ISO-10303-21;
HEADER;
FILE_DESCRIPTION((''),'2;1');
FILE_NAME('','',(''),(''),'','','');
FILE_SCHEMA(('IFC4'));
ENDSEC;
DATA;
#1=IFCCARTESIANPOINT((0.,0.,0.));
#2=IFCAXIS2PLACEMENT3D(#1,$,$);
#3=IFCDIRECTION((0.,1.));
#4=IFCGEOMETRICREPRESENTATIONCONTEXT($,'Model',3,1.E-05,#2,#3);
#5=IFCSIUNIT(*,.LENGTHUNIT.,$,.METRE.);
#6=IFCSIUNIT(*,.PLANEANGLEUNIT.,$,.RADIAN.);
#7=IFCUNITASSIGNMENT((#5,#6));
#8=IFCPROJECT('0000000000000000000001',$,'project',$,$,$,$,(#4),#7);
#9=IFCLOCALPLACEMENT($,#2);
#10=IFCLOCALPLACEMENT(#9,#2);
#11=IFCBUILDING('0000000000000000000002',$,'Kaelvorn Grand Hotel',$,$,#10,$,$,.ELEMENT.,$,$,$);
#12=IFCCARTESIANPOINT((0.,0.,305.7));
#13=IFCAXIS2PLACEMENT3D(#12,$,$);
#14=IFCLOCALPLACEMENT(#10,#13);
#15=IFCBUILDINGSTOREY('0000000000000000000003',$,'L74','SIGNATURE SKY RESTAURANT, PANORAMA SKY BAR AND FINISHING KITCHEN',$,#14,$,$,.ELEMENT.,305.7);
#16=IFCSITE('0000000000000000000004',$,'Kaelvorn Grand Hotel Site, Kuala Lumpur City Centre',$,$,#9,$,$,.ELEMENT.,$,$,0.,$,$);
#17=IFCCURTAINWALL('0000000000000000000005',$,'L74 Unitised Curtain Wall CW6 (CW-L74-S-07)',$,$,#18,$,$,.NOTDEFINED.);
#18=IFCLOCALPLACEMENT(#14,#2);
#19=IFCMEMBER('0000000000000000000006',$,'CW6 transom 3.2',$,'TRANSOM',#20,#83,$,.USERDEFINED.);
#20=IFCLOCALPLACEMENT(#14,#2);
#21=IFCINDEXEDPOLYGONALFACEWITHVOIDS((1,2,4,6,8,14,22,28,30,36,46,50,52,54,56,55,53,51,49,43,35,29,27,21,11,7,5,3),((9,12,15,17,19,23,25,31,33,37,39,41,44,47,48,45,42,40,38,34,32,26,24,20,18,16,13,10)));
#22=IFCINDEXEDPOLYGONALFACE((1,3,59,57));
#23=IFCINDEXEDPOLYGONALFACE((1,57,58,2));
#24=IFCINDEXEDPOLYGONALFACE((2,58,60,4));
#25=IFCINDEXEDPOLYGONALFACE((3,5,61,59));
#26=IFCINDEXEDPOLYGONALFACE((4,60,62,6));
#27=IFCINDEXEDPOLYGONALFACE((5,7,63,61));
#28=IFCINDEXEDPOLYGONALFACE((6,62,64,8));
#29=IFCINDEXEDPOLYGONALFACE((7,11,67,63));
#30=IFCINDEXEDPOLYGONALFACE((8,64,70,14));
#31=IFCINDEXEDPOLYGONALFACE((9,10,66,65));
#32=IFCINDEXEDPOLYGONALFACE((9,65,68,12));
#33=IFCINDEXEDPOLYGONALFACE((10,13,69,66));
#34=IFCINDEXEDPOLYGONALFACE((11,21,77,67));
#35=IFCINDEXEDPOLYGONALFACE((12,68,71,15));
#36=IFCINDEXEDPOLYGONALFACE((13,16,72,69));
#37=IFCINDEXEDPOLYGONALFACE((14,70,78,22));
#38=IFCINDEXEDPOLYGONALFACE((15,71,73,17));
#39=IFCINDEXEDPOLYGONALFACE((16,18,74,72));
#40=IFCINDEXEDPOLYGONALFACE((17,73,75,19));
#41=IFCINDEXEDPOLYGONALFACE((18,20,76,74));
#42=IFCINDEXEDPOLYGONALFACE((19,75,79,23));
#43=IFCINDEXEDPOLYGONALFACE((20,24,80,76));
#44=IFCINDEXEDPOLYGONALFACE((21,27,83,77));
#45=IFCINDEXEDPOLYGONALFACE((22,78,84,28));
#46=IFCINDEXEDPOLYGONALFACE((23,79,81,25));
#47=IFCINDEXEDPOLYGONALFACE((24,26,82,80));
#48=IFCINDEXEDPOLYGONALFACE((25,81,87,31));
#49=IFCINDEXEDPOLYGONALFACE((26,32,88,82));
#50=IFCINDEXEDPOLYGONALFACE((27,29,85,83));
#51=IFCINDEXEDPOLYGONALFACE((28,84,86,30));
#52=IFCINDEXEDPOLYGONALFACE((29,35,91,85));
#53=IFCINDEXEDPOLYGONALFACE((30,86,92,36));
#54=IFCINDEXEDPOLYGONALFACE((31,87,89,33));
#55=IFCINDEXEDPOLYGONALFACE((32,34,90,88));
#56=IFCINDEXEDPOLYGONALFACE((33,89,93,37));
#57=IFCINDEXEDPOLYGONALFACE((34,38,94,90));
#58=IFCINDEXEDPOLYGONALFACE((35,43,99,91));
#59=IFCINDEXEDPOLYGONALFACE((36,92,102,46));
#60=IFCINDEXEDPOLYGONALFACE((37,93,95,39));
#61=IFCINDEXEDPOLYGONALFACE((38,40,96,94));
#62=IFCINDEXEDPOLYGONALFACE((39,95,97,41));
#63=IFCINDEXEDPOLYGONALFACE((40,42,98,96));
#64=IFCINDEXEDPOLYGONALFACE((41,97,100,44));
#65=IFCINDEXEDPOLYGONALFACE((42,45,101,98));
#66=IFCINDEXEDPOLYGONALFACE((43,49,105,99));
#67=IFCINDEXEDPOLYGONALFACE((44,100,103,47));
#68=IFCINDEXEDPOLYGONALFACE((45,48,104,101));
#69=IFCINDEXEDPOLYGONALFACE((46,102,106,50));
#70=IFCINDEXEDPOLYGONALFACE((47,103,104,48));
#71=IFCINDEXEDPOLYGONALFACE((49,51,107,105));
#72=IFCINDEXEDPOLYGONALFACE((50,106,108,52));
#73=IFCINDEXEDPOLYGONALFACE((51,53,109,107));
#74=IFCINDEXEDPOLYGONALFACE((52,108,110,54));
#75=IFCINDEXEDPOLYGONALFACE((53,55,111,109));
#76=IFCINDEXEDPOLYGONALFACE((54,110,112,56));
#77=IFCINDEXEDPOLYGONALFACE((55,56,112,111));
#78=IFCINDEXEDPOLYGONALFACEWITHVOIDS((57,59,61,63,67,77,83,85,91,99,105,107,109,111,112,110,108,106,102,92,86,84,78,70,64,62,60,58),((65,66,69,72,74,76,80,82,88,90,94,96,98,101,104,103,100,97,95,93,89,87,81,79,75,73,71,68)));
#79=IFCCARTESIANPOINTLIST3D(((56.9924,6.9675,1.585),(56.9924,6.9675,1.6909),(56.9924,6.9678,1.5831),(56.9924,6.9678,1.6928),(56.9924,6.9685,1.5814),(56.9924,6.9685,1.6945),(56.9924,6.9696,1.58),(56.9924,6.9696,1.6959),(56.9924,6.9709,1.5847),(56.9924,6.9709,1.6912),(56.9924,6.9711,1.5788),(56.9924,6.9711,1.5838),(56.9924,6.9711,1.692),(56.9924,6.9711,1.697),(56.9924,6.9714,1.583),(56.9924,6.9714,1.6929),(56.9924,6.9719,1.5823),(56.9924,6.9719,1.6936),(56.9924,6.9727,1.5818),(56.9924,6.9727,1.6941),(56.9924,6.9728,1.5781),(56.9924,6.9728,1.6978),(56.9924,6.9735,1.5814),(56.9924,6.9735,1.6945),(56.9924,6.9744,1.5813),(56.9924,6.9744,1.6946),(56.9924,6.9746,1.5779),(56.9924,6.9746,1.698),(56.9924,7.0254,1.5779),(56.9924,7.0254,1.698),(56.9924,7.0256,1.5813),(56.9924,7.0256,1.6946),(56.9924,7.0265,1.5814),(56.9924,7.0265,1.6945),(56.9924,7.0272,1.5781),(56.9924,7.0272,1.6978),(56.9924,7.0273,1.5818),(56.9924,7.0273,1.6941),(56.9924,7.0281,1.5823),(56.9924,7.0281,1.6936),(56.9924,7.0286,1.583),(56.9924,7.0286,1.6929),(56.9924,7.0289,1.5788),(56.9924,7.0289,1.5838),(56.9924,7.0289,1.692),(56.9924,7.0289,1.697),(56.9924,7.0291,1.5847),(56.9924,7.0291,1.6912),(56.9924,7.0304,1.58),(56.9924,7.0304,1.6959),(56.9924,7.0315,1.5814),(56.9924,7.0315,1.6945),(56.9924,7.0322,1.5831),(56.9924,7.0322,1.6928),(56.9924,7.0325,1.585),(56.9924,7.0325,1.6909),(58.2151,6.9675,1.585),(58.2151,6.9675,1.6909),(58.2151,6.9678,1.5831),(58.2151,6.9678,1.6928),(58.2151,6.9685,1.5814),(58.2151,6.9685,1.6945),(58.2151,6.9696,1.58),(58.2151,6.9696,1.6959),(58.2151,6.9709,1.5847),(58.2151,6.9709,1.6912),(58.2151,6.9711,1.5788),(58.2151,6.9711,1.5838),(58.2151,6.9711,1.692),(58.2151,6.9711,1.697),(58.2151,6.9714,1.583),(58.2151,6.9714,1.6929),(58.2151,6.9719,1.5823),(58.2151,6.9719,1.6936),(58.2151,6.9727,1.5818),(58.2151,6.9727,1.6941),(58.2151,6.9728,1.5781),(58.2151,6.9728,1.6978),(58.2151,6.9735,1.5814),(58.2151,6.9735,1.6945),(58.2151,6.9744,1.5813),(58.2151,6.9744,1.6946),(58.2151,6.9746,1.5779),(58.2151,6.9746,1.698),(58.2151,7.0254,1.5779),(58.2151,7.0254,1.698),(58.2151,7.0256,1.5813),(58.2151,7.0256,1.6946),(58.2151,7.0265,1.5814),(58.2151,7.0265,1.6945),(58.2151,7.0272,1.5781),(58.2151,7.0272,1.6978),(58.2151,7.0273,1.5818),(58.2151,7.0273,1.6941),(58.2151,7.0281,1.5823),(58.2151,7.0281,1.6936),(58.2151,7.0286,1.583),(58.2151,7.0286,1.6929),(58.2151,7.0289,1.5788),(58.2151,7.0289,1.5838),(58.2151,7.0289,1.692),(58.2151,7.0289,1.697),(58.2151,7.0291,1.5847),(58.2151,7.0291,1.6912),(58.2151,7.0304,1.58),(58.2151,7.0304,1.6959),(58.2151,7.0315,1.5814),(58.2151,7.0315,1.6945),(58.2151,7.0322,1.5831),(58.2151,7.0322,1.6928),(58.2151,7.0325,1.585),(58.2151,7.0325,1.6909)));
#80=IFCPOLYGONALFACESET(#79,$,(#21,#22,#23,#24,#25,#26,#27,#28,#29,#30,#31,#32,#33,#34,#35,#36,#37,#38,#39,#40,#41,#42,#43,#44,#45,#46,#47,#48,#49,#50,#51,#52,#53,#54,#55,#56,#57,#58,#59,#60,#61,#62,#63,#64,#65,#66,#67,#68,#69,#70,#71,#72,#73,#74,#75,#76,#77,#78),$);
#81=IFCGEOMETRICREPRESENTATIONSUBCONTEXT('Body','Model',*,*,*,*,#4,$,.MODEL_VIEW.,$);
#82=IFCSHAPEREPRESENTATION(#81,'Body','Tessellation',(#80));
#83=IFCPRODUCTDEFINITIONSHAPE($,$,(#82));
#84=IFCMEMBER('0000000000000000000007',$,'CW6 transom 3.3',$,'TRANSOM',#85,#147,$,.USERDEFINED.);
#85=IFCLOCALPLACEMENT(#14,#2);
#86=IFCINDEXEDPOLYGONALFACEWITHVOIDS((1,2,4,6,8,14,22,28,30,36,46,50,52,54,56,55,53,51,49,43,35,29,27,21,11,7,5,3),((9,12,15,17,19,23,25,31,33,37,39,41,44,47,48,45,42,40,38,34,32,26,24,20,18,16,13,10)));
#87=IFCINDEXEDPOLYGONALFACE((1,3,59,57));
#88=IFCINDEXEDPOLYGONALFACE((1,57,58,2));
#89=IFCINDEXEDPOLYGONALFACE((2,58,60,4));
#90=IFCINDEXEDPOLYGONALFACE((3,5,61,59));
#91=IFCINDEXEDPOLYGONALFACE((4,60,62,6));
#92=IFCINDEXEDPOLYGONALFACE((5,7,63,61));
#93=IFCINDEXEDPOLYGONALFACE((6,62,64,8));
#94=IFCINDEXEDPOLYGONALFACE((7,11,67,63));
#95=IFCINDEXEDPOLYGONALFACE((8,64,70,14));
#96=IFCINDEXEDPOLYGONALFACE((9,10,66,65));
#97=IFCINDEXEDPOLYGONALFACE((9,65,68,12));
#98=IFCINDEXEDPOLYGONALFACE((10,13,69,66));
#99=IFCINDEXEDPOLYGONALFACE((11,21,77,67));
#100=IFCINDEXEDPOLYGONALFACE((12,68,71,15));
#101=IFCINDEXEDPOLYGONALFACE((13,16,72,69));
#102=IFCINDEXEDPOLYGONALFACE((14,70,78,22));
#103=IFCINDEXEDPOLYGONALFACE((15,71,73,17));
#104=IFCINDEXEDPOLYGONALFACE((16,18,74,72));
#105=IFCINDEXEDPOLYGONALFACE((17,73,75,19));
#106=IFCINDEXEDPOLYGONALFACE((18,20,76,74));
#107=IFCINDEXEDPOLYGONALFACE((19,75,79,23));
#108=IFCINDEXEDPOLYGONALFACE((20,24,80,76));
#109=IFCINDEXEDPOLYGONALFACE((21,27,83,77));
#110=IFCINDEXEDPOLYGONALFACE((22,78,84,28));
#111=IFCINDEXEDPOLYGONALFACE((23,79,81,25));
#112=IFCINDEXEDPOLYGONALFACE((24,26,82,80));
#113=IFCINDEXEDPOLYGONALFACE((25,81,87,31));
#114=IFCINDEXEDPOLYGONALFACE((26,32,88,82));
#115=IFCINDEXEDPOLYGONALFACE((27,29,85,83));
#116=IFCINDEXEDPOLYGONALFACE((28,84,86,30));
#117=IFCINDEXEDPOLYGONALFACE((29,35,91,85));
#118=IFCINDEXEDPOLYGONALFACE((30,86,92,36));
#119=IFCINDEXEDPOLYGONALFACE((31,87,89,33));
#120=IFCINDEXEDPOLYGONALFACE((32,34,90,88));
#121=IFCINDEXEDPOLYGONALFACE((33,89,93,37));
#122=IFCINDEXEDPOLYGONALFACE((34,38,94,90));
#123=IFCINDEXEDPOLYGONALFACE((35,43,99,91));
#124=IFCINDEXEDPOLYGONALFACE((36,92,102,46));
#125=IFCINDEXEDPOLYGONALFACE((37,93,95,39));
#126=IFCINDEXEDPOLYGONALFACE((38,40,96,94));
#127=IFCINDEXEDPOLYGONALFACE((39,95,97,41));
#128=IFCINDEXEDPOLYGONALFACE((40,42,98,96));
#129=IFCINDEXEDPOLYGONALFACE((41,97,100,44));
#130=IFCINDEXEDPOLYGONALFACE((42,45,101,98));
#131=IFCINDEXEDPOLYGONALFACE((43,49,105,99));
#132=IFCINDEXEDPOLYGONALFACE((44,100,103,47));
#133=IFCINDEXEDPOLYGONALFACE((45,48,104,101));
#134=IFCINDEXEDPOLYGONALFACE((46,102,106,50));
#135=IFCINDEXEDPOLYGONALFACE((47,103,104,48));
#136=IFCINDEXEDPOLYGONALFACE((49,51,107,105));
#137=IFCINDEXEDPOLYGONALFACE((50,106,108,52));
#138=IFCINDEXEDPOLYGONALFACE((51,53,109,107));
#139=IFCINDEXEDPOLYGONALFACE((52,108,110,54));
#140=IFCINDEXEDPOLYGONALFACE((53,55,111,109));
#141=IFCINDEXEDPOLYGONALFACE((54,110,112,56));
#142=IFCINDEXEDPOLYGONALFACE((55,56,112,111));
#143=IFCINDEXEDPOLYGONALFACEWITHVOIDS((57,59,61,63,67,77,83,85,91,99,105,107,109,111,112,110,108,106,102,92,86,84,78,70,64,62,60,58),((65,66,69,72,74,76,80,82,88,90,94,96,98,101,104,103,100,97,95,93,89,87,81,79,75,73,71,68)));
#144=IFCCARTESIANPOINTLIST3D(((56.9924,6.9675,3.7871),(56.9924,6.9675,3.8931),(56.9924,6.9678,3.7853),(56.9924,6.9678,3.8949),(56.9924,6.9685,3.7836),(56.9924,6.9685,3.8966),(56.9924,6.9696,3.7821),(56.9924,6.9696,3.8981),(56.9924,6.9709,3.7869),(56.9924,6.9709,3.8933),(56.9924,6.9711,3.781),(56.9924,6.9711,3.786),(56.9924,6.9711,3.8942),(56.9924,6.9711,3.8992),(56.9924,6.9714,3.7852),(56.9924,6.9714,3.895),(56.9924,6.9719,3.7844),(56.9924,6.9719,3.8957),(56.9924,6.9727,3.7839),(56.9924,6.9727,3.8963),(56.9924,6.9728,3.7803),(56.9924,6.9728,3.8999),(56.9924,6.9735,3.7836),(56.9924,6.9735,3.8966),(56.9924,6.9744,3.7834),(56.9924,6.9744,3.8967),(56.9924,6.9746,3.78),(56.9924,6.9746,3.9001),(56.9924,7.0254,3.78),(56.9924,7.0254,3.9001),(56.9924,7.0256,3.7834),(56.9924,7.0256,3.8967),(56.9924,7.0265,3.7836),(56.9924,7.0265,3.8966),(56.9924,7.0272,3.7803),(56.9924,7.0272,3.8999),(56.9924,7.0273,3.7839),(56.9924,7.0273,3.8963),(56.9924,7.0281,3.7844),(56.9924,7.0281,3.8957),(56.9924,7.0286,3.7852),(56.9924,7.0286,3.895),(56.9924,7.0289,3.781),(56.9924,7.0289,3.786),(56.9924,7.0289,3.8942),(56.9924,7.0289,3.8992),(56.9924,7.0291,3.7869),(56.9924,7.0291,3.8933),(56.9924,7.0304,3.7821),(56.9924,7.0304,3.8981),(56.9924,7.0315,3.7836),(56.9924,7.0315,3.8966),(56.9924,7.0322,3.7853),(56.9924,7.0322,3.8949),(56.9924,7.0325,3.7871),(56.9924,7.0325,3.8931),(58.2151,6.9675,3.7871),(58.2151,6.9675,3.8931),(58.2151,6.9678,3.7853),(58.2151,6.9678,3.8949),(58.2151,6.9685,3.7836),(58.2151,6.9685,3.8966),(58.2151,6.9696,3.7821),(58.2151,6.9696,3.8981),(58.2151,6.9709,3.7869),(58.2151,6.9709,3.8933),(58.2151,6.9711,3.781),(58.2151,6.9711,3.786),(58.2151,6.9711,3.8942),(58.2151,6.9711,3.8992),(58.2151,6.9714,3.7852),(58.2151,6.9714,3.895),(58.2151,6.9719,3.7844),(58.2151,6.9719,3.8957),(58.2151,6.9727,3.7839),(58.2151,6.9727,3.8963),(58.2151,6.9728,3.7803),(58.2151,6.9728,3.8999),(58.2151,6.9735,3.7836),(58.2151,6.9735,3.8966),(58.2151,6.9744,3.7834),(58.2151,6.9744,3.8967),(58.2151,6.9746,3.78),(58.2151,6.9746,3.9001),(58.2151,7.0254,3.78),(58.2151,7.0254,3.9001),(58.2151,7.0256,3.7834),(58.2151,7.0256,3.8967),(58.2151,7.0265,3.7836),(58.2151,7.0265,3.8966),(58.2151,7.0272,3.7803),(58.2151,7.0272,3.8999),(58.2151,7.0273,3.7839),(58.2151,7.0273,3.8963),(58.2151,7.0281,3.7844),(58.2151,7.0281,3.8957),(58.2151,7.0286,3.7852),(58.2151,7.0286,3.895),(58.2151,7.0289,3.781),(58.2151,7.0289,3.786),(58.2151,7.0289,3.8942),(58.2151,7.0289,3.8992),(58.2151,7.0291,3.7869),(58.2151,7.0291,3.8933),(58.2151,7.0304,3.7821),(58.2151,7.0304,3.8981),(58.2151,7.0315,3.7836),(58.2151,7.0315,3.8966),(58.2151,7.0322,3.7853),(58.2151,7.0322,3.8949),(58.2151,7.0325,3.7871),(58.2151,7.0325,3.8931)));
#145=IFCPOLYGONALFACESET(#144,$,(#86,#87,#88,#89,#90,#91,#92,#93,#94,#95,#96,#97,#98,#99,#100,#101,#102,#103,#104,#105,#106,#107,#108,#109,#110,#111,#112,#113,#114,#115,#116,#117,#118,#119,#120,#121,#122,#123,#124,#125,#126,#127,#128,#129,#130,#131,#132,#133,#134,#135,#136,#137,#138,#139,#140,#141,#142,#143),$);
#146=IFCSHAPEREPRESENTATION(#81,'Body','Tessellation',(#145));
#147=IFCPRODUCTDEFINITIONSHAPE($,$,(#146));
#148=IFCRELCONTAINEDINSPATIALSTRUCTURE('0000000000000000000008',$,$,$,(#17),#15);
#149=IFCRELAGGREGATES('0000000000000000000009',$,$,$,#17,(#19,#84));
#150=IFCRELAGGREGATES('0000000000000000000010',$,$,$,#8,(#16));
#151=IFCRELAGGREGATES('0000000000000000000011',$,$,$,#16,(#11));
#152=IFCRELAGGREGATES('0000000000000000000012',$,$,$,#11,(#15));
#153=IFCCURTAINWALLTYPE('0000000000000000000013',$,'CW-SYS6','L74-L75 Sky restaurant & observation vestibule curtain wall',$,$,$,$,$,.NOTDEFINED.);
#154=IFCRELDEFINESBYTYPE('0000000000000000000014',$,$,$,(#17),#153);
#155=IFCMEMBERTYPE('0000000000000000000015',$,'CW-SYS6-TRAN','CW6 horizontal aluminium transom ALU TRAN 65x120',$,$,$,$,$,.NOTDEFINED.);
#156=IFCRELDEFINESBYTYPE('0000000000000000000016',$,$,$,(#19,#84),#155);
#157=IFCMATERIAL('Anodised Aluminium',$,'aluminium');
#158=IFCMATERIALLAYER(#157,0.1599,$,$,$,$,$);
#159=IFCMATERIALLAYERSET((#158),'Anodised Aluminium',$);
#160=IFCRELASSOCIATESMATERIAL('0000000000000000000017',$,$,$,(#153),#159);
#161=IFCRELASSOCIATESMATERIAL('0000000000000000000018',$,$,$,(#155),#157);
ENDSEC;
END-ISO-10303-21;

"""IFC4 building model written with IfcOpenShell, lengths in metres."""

from ifc_helpers import new_model, si_unit, direction, frame, origin, origin_2d, place, context, subcontext, project, spatial, hollow_rectangle, extrude, material, layer, layer_set, material_profile, profile_set, type_object, element, aggregate, save


model = new_model("IFC4")

# Units and contexts
model_context = context("Model", 3, precision=1e-05, world=origin(), true_north=direction((0.0, 1.0)))
body_context = subcontext(model_context, "Body", "Model", "MODEL_VIEW")
ifc_project = project(units=[si_unit("LENGTHUNIT", "METRE"), si_unit("PLANEANGLEUNIT", "RADIAN")], contexts=[model_context])

# Site, building, storey
site_placement = place(None, origin())
site = spatial("IfcSite", under=ifc_project, at=site_placement, Name="Kaelvorn Grand Hotel Site, Kuala Lumpur City Centre", CompositionType="ELEMENT", RefElevation=0.0)
building_placement = place(site_placement, origin())
building = spatial("IfcBuilding", under=site, at=building_placement, Name="Kaelvorn Grand Hotel", CompositionType="ELEMENT")
storey_placement = place(building_placement, frame((0.0, 0.0, 305.7)))
storey = spatial("IfcBuildingStorey", under=building, at=storey_placement, Name="L74", Description="SIGNATURE SKY RESTAURANT, PANORAMA SKY BAR AND FINISHING KITCHEN", CompositionType="ELEMENT", Elevation=305.7)

# Curtain wall
ifc_material_1 = material(Name="Anodised Aluminium", Category="aluminium")
ifc_layer_1 = layer(ifc_material_1, 0.1599)
ifc_layer_set_1 = layer_set([ifc_layer_1], Name="Anodised Aluminium")
curtain_wall_type = type_object("IfcCurtainWallType", Name="CW-SYS6", Description="L74-L75 Sky restaurant & observation vestibule curtain wall", PredefinedType="NOTDEFINED", material=ifc_layer_set_1)
curtain_wall_1_placement = place(storey_placement, origin())
curtain_wall_1 = element("IfcCurtainWall", 1, at=curtain_wall_1_placement, inside=storey, type_object=curtain_wall_type, Name="L74 Unitised Curtain Wall CW6 (CW-L74-S-07)", PredefinedType="NOTDEFINED")

# Members
ifc_material_profile_1 = material_profile(ifc_material_1, hollow_rectangle(XDim=0.0649, YDim=0.1201, WallThickness=0.0034, InnerFilletRadius=0.0034, OuterFilletRadius=0.0071, at=origin_2d()), Name="ALU TRAN 65x120")
ifc_profile_set_1 = profile_set([ifc_material_profile_1], Name="Anodised Aluminium")
member_type_1 = type_object("IfcMemberType", Name="CW-SYS6-TRAN", Description="CW6 horizontal aluminium transom ALU TRAN 65x120", PredefinedType="NOTDEFINED", material=ifc_profile_set_1)
member_1_placement = place(storey_placement, frame((56.9924, 7.0, 1.6379), z_axis=(1.0, 0.0, 0.0), x_axis=(0.0, 1.0, 0.0)))
member_1 = element("IfcMember", 2, at=member_1_placement, type_object=member_type_1, Name="CW6 transom 3.2", ObjectType="TRANSOM", PredefinedType="USERDEFINED", context=body_context, shape_type="SweptSolid", body=[
    extrude(hollow_rectangle(XDim=0.0649, YDim=0.1201, WallThickness=0.0034, InnerFilletRadius=0.0034, OuterFilletRadius=0.0071, at=origin_2d()), origin(), (0.0, 0.0, 1.0), 1.2227),
])
member_2_placement = place(storey_placement, frame((56.9924, 7.0, 3.8401), z_axis=(1.0, 0.0, 0.0), x_axis=(0.0, 1.0, 0.0)))
member_2 = element("IfcMember", 3, at=member_2_placement, type_object=member_type_1, Name="CW6 transom 3.3", ObjectType="TRANSOM", PredefinedType="USERDEFINED", context=body_context, shape_type="SweptSolid", body=[
    extrude(hollow_rectangle(XDim=0.0649, YDim=0.1201, WallThickness=0.0034, InnerFilletRadius=0.0034, OuterFilletRadius=0.0071, at=origin_2d()), origin(), (0.0, 0.0, 1.0), 1.2227),
])

aggregate(curtain_wall_1, [member_1, member_2])

save(model, "model.ifc")
